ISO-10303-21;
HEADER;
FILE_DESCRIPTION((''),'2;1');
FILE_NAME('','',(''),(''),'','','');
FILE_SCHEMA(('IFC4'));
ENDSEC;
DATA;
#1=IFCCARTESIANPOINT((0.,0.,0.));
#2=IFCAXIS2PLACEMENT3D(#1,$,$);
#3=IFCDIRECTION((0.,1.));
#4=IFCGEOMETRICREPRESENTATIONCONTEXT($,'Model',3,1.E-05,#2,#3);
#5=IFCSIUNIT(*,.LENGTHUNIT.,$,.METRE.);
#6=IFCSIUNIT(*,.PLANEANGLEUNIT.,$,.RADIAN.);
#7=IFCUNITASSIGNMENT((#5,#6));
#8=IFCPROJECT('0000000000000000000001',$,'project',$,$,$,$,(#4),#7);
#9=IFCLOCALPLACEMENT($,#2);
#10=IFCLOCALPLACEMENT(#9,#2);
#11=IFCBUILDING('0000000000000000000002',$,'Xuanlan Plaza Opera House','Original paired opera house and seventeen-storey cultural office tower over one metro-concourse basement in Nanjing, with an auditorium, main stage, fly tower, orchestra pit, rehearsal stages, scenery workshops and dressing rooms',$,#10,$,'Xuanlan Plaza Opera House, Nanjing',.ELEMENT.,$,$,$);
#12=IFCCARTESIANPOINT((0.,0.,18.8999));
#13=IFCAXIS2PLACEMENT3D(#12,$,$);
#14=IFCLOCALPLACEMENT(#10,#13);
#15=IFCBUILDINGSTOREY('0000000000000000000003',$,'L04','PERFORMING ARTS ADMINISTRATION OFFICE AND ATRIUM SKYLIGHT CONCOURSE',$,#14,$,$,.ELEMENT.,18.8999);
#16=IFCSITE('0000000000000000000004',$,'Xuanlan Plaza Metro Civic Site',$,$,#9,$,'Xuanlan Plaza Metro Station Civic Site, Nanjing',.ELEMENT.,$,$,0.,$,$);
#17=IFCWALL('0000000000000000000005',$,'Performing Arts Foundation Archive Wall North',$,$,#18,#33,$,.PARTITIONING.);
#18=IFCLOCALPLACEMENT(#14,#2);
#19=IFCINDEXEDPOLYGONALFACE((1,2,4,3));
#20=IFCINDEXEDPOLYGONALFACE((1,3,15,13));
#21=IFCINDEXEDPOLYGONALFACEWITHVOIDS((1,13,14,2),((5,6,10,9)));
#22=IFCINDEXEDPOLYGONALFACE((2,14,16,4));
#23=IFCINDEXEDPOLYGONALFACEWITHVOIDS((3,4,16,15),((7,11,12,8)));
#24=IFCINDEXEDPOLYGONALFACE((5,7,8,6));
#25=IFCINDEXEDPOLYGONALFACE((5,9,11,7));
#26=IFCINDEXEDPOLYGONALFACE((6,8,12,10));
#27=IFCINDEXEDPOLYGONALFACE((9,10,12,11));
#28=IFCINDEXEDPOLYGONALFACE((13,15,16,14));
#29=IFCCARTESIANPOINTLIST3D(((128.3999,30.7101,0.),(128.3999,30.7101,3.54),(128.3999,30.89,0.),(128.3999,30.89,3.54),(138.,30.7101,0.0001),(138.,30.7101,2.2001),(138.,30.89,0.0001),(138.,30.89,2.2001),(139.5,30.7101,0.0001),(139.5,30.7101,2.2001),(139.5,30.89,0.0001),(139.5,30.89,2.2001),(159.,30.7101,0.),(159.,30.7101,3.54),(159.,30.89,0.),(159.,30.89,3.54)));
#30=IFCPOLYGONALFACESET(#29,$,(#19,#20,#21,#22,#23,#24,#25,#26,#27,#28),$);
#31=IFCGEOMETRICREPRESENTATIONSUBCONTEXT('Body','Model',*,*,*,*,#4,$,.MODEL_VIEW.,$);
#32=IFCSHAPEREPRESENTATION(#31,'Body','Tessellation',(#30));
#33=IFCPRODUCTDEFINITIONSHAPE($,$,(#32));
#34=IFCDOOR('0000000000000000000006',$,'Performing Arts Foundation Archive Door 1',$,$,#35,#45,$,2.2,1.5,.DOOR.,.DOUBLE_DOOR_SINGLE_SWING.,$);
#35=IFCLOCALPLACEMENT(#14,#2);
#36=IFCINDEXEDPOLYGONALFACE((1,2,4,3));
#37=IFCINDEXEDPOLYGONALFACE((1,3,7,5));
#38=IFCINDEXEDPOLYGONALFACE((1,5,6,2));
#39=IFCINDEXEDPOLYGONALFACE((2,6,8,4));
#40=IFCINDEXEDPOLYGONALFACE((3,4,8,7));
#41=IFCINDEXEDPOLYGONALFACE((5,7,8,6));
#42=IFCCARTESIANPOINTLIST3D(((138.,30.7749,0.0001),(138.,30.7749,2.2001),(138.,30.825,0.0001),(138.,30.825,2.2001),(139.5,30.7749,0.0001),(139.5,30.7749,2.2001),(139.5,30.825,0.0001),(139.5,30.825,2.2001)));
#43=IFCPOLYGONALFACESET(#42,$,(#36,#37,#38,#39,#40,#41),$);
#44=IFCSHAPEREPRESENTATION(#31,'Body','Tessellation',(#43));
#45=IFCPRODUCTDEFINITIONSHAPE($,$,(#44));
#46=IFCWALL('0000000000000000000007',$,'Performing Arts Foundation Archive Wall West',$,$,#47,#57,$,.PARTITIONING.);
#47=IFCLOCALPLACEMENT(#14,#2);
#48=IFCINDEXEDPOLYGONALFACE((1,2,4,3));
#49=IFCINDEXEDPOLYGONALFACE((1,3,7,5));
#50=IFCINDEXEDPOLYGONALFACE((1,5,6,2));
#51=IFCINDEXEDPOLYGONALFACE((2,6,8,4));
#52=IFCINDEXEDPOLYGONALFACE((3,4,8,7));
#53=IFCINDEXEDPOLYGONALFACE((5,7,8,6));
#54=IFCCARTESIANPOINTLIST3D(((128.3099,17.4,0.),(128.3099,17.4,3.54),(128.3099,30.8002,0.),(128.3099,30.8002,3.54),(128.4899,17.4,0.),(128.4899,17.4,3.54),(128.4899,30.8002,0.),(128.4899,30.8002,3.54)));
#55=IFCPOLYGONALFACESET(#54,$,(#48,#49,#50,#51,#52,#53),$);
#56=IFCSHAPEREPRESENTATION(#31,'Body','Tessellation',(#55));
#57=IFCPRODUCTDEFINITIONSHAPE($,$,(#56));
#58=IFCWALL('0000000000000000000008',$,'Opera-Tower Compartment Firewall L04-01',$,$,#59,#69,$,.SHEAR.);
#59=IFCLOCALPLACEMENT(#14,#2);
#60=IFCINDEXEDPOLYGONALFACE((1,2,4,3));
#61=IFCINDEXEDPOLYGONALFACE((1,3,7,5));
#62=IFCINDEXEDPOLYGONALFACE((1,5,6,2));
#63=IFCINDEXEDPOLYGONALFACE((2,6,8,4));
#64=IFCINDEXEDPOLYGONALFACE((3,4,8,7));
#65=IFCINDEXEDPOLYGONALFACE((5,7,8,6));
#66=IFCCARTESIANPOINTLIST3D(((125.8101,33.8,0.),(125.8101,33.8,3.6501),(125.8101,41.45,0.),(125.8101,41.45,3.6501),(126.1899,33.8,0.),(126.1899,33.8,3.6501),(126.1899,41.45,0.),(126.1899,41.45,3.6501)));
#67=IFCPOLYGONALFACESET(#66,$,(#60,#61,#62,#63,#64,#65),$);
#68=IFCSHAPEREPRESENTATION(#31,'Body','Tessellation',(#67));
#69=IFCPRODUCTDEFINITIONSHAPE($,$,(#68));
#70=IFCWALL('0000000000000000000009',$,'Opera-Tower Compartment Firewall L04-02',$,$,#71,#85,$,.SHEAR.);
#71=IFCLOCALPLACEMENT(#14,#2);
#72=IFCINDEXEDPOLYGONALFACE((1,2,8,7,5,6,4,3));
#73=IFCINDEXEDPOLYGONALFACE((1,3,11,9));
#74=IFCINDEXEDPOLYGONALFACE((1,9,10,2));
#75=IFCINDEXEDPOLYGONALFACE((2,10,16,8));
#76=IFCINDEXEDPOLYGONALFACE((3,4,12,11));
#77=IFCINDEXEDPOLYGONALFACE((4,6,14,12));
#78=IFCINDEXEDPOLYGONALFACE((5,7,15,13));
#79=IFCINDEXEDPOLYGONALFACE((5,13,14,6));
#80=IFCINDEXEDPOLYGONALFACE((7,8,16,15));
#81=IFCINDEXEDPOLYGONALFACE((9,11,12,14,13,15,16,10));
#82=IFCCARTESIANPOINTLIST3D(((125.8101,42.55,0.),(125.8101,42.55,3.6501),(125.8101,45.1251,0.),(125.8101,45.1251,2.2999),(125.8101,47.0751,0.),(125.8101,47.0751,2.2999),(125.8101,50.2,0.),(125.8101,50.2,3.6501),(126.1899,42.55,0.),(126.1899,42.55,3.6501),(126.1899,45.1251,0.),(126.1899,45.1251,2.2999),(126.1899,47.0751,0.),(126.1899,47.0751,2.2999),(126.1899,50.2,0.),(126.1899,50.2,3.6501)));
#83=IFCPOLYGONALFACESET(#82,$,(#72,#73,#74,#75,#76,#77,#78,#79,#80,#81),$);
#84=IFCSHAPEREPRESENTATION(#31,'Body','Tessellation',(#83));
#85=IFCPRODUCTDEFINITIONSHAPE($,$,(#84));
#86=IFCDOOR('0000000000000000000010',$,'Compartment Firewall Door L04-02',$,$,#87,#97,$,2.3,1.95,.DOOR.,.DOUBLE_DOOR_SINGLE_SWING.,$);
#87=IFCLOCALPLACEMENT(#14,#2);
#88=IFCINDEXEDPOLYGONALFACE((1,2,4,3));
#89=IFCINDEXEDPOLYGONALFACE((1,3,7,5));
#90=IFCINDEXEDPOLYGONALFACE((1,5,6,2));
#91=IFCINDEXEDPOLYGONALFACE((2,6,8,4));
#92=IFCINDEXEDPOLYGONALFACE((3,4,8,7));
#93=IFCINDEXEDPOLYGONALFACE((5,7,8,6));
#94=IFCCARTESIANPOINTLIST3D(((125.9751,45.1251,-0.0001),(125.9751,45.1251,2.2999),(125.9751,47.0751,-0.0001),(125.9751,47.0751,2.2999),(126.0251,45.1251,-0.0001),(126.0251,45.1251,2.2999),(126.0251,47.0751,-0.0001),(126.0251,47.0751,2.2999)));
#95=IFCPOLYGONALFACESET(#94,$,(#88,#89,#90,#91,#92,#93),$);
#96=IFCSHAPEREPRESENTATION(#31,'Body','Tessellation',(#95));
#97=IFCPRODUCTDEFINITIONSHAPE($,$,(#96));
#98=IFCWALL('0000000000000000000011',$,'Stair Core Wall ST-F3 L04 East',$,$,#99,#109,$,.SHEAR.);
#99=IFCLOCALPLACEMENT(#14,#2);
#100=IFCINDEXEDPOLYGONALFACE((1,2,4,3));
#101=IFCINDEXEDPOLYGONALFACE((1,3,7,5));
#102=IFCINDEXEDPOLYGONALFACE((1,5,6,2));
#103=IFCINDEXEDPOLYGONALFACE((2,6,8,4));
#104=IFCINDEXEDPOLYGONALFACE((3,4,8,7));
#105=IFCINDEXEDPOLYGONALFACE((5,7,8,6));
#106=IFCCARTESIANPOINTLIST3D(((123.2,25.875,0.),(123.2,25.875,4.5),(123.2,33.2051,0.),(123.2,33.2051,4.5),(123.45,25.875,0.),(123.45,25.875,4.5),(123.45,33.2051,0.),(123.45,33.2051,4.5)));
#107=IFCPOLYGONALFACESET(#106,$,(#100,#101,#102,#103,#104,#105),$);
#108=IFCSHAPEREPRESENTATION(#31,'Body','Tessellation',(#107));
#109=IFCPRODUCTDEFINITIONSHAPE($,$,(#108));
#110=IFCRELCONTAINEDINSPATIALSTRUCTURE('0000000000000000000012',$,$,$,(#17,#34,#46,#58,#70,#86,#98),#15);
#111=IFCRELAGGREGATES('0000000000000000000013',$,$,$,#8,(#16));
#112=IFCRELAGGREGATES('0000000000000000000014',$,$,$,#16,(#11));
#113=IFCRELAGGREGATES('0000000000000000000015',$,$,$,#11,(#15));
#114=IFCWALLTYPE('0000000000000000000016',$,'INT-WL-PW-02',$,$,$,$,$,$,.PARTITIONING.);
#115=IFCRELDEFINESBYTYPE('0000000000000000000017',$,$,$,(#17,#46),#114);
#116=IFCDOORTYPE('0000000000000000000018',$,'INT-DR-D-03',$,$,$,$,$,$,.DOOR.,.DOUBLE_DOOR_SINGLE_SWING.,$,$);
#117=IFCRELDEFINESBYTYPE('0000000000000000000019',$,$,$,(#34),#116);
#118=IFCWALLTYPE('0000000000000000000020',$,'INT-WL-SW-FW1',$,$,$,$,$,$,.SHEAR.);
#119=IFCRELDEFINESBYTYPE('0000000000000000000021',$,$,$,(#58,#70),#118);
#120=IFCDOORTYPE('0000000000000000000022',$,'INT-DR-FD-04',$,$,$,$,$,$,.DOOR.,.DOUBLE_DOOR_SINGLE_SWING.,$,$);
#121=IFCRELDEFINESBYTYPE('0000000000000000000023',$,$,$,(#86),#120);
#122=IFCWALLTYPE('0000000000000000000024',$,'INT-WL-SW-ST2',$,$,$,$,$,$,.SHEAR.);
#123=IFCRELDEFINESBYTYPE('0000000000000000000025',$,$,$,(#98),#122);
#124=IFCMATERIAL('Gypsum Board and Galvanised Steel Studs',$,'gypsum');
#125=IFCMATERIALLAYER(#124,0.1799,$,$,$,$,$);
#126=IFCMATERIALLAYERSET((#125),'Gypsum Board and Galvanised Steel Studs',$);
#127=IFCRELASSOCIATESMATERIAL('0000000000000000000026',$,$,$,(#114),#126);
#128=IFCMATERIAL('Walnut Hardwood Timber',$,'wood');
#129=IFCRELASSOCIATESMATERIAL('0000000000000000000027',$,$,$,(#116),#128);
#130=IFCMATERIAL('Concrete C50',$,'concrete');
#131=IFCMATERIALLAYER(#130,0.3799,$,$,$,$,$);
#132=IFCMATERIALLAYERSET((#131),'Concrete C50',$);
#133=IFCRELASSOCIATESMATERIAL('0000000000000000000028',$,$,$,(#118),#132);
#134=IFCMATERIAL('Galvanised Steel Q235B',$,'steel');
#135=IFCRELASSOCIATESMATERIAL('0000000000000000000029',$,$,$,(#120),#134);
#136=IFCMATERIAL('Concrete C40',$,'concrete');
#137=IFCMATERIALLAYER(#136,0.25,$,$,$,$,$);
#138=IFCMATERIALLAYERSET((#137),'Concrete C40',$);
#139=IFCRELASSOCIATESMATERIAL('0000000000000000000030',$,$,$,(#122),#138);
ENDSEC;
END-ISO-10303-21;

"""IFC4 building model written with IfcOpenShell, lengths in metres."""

from ifc_helpers import new_model, si_unit, direction, frame, frame_2d, origin, place, context, subcontext, project, spatial, rectangle, extrude, material, layer, layer_set, type_object, element, fill, save


model = new_model("IFC4")

# Units and contexts
model_context = context("Model", 3, precision=1e-05, world=origin(), true_north=direction((0.0, 1.0)))
body_context = subcontext(model_context, "Body", "Model", "MODEL_VIEW")
ifc_project = project(units=[si_unit("LENGTHUNIT", "METRE"), si_unit("PLANEANGLEUNIT", "RADIAN")], contexts=[model_context])

# Site, building, storey
site_placement = place(None, origin())
site = spatial("IfcSite", under=ifc_project, at=site_placement, Name="Xuanlan Plaza Metro Civic Site", LongName="Xuanlan Plaza Metro Station Civic Site, Nanjing", CompositionType="ELEMENT", RefElevation=0.0)
building_placement = place(site_placement, origin())
building = spatial("IfcBuilding", under=site, at=building_placement, Name="Xuanlan Plaza Opera House", Description="Original paired opera house and seventeen-storey cultural office tower over one metro-concourse basement in Nanjing, with an auditorium, main stage, fly tower, orchestra pit, rehearsal stages, scenery workshops and dressing rooms", LongName="Xuanlan Plaza Opera House, Nanjing", CompositionType="ELEMENT")
storey_placement = place(building_placement, frame((0.0, 0.0, 18.8999)))
storey = spatial("IfcBuildingStorey", under=building, at=storey_placement, Name="L04", Description="PERFORMING ARTS ADMINISTRATION OFFICE AND ATRIUM SKYLIGHT CONCOURSE", CompositionType="ELEMENT", Elevation=18.8999)

# Shared definitions
ifc_material_1 = material(Name="Concrete C50", Category="concrete")
ifc_material_2 = material(Name="Concrete C40", Category="concrete")

# Shared definitions
ifc_material_3 = material(Name="Gypsum Board and Galvanised Steel Studs", Category="gypsum")
ifc_layer_1 = layer(ifc_material_3, 0.1799)
ifc_layer_set_1 = layer_set([ifc_layer_1], Name="Gypsum Board and Galvanised Steel Studs")
wall_type_1 = type_object("IfcWallType", Name="INT-WL-PW-02", PredefinedType="PARTITIONING", material=ifc_layer_set_1)

# Wall, opening, door
wall_1_placement = place(storey_placement, frame((128.3999, 30.8, 0.0), z_axis=(0.0, 0.0, 1.0), x_axis=(1.0, 0.0, 0.0)))
wall_1 = element("IfcWall", 1, at=wall_1_placement, inside=storey, type_object=wall_type_1, Name="Performing Arts Foundation Archive Wall North", PredefinedType="PARTITIONING", context=body_context, shape_type="SweptSolid", body=[
    extrude(rectangle(XDim=30.6001, YDim=0.1799, at=frame_2d((15.3, 0.0))), origin(), (0.0, 0.0, 1.0), 3.54),
])
opening_1_placement = place(wall_1_placement, frame((9.6001, 0.0, 0.0)))
opening_1 = element("IfcOpeningElement", 2, at=opening_1_placement, cuts=wall_1, PredefinedType="OPENING", context=body_context, shape_type="SweptSolid", body=[
    extrude(rectangle(XDim=1.5, YDim=2.2, at=frame_2d((0.75, 1.1001))), frame((0.0, 0.0999, 0.0), z_axis=(0.0, -1.0, 0.0), x_axis=(1.0, 0.0, 0.0)), (0.0, 0.0, 1.0), 0.2),
])
ifc_material_4 = material(Name="Walnut Hardwood Timber", Category="wood")
door_type_1 = type_object("IfcDoorType", Name="INT-DR-D-03", OperationType="DOUBLE_DOOR_SINGLE_SWING", PredefinedType="DOOR", material=ifc_material_4)
door_1_placement = place(opening_1_placement, origin())
door_1 = element("IfcDoor", 3, at=door_1_placement, inside=storey, type_object=door_type_1, Name="Performing Arts Foundation Archive Door 1", OperationType="DOUBLE_DOOR_SINGLE_SWING", OverallHeight=2.2, OverallWidth=1.5, PredefinedType="DOOR", context=body_context, shape_type="SweptSolid", body=[
    extrude(rectangle(XDim=1.5, YDim=2.2, at=frame_2d((0.75, 1.1001))), frame((0.0, 0.0249, 0.0), z_axis=(0.0, -1.0, 0.0), x_axis=(1.0, 0.0, 0.0)), (0.0, 0.0, 1.0), 0.05),
])
fill(opening_1, door_1)

# Walls
wall_2_placement = place(storey_placement, frame((128.3999, 17.3999, 0.0), z_axis=(0.0, 0.0, 1.0), x_axis=(0.0, 1.0, 0.0)))
element("IfcWall", 4, at=wall_2_placement, inside=storey, type_object=wall_type_1, Name="Performing Arts Foundation Archive Wall West", PredefinedType="PARTITIONING", context=body_context, shape_type="SweptSolid", body=[
    extrude(rectangle(XDim=13.4001, YDim=0.1799, at=frame_2d((6.7002, 0.0))), origin(), (0.0, 0.0, 1.0), 3.54),
])
ifc_layer_2 = layer(ifc_material_1, 0.3799)
ifc_layer_set_2 = layer_set([ifc_layer_2], Name="Concrete C50")
wall_type_2 = type_object("IfcWallType", Name="INT-WL-SW-FW1", PredefinedType="SHEAR", material=ifc_layer_set_2)
wall_3_placement = place(storey_placement, frame((126.0, 33.8, 0.0), z_axis=(0.0, 0.0, 1.0), x_axis=(0.0, 1.0, 0.0)))
element("IfcWall", 5, at=wall_3_placement, inside=storey, type_object=wall_type_2, Name="Opera-Tower Compartment Firewall L04-01", PredefinedType="SHEAR", context=body_context, shape_type="SweptSolid", body=[
    extrude(rectangle(XDim=7.6499, YDim=0.3799, at=frame_2d((3.825, 0.0))), origin(), (0.0, 0.0, 1.0), 3.6501),
])

# Wall, opening, door
wall_4_placement = place(storey_placement, frame((126.0, 42.55, 0.0), z_axis=(0.0, 0.0, 1.0), x_axis=(0.0, 1.0, 0.0)))
wall_4 = element("IfcWall", 6, at=wall_4_placement, inside=storey, type_object=wall_type_2, Name="Opera-Tower Compartment Firewall L04-02", PredefinedType="SHEAR", context=body_context, shape_type="SweptSolid", body=[
    extrude(rectangle(XDim=7.6499, YDim=0.3799, at=frame_2d((3.825, 0.0))), origin(), (0.0, 0.0, 1.0), 3.6501),
])
opening_2_placement = place(wall_4_placement, frame((2.575, 0.0, 0.0)))
opening_2 = element("IfcOpeningElement", 7, at=opening_2_placement, cuts=wall_4, PredefinedType="OPENING", context=body_context, shape_type="SweptSolid", body=[
    extrude(rectangle(XDim=1.95, YDim=2.3, at=frame_2d((0.9751, 1.1499))), frame((0.0, 0.2, 0.0), z_axis=(0.0, -1.0, 0.0), x_axis=(1.0, 0.0, 0.0)), (0.0, 0.0, 1.0), 0.3999),
])
ifc_material_5 = material(Name="Galvanised Steel Q235B", Category="steel")
door_type_2 = type_object("IfcDoorType", Name="INT-DR-FD-04", OperationType="DOUBLE_DOOR_SINGLE_SWING", PredefinedType="DOOR", material=ifc_material_5)
door_2_placement = place(opening_2_placement, origin())
door_2 = element("IfcDoor", 8, at=door_2_placement, inside=storey, type_object=door_type_2, Name="Compartment Firewall Door L04-02", OperationType="DOUBLE_DOOR_SINGLE_SWING", OverallHeight=2.3, OverallWidth=1.95, PredefinedType="DOOR", context=body_context, shape_type="SweptSolid", body=[
    extrude(rectangle(XDim=1.95, YDim=2.3, at=frame_2d((0.9751, 1.1499))), frame((0.0, 0.0249, 0.0), z_axis=(0.0, -1.0, 0.0), x_axis=(1.0, 0.0, 0.0)), (0.0, 0.0, 1.0), 0.05),
])
fill(opening_2, door_2)

# Wall
ifc_layer_3 = layer(ifc_material_2, 0.25)
ifc_layer_set_3 = layer_set([ifc_layer_3], Name="Concrete C40")
wall_type_3 = type_object("IfcWallType", Name="INT-WL-SW-ST2", PredefinedType="SHEAR", material=ifc_layer_set_3)
wall_5_placement = place(storey_placement, frame((123.325, 25.875, 0.0), z_axis=(0.0, 0.0, 1.0), x_axis=(0.0, 1.0, 0.0)))
element("IfcWall", 9, at=wall_5_placement, inside=storey, type_object=wall_type_3, Name="Stair Core Wall ST-F3 L04 East", PredefinedType="SHEAR", context=body_context, shape_type="SweptSolid", body=[
    extrude(rectangle(XDim=7.3301, YDim=0.25, at=frame_2d((3.665, 0.0))), origin(), (0.0, 0.0, 1.0), 4.5),
])

save(model, "model.ifc")
